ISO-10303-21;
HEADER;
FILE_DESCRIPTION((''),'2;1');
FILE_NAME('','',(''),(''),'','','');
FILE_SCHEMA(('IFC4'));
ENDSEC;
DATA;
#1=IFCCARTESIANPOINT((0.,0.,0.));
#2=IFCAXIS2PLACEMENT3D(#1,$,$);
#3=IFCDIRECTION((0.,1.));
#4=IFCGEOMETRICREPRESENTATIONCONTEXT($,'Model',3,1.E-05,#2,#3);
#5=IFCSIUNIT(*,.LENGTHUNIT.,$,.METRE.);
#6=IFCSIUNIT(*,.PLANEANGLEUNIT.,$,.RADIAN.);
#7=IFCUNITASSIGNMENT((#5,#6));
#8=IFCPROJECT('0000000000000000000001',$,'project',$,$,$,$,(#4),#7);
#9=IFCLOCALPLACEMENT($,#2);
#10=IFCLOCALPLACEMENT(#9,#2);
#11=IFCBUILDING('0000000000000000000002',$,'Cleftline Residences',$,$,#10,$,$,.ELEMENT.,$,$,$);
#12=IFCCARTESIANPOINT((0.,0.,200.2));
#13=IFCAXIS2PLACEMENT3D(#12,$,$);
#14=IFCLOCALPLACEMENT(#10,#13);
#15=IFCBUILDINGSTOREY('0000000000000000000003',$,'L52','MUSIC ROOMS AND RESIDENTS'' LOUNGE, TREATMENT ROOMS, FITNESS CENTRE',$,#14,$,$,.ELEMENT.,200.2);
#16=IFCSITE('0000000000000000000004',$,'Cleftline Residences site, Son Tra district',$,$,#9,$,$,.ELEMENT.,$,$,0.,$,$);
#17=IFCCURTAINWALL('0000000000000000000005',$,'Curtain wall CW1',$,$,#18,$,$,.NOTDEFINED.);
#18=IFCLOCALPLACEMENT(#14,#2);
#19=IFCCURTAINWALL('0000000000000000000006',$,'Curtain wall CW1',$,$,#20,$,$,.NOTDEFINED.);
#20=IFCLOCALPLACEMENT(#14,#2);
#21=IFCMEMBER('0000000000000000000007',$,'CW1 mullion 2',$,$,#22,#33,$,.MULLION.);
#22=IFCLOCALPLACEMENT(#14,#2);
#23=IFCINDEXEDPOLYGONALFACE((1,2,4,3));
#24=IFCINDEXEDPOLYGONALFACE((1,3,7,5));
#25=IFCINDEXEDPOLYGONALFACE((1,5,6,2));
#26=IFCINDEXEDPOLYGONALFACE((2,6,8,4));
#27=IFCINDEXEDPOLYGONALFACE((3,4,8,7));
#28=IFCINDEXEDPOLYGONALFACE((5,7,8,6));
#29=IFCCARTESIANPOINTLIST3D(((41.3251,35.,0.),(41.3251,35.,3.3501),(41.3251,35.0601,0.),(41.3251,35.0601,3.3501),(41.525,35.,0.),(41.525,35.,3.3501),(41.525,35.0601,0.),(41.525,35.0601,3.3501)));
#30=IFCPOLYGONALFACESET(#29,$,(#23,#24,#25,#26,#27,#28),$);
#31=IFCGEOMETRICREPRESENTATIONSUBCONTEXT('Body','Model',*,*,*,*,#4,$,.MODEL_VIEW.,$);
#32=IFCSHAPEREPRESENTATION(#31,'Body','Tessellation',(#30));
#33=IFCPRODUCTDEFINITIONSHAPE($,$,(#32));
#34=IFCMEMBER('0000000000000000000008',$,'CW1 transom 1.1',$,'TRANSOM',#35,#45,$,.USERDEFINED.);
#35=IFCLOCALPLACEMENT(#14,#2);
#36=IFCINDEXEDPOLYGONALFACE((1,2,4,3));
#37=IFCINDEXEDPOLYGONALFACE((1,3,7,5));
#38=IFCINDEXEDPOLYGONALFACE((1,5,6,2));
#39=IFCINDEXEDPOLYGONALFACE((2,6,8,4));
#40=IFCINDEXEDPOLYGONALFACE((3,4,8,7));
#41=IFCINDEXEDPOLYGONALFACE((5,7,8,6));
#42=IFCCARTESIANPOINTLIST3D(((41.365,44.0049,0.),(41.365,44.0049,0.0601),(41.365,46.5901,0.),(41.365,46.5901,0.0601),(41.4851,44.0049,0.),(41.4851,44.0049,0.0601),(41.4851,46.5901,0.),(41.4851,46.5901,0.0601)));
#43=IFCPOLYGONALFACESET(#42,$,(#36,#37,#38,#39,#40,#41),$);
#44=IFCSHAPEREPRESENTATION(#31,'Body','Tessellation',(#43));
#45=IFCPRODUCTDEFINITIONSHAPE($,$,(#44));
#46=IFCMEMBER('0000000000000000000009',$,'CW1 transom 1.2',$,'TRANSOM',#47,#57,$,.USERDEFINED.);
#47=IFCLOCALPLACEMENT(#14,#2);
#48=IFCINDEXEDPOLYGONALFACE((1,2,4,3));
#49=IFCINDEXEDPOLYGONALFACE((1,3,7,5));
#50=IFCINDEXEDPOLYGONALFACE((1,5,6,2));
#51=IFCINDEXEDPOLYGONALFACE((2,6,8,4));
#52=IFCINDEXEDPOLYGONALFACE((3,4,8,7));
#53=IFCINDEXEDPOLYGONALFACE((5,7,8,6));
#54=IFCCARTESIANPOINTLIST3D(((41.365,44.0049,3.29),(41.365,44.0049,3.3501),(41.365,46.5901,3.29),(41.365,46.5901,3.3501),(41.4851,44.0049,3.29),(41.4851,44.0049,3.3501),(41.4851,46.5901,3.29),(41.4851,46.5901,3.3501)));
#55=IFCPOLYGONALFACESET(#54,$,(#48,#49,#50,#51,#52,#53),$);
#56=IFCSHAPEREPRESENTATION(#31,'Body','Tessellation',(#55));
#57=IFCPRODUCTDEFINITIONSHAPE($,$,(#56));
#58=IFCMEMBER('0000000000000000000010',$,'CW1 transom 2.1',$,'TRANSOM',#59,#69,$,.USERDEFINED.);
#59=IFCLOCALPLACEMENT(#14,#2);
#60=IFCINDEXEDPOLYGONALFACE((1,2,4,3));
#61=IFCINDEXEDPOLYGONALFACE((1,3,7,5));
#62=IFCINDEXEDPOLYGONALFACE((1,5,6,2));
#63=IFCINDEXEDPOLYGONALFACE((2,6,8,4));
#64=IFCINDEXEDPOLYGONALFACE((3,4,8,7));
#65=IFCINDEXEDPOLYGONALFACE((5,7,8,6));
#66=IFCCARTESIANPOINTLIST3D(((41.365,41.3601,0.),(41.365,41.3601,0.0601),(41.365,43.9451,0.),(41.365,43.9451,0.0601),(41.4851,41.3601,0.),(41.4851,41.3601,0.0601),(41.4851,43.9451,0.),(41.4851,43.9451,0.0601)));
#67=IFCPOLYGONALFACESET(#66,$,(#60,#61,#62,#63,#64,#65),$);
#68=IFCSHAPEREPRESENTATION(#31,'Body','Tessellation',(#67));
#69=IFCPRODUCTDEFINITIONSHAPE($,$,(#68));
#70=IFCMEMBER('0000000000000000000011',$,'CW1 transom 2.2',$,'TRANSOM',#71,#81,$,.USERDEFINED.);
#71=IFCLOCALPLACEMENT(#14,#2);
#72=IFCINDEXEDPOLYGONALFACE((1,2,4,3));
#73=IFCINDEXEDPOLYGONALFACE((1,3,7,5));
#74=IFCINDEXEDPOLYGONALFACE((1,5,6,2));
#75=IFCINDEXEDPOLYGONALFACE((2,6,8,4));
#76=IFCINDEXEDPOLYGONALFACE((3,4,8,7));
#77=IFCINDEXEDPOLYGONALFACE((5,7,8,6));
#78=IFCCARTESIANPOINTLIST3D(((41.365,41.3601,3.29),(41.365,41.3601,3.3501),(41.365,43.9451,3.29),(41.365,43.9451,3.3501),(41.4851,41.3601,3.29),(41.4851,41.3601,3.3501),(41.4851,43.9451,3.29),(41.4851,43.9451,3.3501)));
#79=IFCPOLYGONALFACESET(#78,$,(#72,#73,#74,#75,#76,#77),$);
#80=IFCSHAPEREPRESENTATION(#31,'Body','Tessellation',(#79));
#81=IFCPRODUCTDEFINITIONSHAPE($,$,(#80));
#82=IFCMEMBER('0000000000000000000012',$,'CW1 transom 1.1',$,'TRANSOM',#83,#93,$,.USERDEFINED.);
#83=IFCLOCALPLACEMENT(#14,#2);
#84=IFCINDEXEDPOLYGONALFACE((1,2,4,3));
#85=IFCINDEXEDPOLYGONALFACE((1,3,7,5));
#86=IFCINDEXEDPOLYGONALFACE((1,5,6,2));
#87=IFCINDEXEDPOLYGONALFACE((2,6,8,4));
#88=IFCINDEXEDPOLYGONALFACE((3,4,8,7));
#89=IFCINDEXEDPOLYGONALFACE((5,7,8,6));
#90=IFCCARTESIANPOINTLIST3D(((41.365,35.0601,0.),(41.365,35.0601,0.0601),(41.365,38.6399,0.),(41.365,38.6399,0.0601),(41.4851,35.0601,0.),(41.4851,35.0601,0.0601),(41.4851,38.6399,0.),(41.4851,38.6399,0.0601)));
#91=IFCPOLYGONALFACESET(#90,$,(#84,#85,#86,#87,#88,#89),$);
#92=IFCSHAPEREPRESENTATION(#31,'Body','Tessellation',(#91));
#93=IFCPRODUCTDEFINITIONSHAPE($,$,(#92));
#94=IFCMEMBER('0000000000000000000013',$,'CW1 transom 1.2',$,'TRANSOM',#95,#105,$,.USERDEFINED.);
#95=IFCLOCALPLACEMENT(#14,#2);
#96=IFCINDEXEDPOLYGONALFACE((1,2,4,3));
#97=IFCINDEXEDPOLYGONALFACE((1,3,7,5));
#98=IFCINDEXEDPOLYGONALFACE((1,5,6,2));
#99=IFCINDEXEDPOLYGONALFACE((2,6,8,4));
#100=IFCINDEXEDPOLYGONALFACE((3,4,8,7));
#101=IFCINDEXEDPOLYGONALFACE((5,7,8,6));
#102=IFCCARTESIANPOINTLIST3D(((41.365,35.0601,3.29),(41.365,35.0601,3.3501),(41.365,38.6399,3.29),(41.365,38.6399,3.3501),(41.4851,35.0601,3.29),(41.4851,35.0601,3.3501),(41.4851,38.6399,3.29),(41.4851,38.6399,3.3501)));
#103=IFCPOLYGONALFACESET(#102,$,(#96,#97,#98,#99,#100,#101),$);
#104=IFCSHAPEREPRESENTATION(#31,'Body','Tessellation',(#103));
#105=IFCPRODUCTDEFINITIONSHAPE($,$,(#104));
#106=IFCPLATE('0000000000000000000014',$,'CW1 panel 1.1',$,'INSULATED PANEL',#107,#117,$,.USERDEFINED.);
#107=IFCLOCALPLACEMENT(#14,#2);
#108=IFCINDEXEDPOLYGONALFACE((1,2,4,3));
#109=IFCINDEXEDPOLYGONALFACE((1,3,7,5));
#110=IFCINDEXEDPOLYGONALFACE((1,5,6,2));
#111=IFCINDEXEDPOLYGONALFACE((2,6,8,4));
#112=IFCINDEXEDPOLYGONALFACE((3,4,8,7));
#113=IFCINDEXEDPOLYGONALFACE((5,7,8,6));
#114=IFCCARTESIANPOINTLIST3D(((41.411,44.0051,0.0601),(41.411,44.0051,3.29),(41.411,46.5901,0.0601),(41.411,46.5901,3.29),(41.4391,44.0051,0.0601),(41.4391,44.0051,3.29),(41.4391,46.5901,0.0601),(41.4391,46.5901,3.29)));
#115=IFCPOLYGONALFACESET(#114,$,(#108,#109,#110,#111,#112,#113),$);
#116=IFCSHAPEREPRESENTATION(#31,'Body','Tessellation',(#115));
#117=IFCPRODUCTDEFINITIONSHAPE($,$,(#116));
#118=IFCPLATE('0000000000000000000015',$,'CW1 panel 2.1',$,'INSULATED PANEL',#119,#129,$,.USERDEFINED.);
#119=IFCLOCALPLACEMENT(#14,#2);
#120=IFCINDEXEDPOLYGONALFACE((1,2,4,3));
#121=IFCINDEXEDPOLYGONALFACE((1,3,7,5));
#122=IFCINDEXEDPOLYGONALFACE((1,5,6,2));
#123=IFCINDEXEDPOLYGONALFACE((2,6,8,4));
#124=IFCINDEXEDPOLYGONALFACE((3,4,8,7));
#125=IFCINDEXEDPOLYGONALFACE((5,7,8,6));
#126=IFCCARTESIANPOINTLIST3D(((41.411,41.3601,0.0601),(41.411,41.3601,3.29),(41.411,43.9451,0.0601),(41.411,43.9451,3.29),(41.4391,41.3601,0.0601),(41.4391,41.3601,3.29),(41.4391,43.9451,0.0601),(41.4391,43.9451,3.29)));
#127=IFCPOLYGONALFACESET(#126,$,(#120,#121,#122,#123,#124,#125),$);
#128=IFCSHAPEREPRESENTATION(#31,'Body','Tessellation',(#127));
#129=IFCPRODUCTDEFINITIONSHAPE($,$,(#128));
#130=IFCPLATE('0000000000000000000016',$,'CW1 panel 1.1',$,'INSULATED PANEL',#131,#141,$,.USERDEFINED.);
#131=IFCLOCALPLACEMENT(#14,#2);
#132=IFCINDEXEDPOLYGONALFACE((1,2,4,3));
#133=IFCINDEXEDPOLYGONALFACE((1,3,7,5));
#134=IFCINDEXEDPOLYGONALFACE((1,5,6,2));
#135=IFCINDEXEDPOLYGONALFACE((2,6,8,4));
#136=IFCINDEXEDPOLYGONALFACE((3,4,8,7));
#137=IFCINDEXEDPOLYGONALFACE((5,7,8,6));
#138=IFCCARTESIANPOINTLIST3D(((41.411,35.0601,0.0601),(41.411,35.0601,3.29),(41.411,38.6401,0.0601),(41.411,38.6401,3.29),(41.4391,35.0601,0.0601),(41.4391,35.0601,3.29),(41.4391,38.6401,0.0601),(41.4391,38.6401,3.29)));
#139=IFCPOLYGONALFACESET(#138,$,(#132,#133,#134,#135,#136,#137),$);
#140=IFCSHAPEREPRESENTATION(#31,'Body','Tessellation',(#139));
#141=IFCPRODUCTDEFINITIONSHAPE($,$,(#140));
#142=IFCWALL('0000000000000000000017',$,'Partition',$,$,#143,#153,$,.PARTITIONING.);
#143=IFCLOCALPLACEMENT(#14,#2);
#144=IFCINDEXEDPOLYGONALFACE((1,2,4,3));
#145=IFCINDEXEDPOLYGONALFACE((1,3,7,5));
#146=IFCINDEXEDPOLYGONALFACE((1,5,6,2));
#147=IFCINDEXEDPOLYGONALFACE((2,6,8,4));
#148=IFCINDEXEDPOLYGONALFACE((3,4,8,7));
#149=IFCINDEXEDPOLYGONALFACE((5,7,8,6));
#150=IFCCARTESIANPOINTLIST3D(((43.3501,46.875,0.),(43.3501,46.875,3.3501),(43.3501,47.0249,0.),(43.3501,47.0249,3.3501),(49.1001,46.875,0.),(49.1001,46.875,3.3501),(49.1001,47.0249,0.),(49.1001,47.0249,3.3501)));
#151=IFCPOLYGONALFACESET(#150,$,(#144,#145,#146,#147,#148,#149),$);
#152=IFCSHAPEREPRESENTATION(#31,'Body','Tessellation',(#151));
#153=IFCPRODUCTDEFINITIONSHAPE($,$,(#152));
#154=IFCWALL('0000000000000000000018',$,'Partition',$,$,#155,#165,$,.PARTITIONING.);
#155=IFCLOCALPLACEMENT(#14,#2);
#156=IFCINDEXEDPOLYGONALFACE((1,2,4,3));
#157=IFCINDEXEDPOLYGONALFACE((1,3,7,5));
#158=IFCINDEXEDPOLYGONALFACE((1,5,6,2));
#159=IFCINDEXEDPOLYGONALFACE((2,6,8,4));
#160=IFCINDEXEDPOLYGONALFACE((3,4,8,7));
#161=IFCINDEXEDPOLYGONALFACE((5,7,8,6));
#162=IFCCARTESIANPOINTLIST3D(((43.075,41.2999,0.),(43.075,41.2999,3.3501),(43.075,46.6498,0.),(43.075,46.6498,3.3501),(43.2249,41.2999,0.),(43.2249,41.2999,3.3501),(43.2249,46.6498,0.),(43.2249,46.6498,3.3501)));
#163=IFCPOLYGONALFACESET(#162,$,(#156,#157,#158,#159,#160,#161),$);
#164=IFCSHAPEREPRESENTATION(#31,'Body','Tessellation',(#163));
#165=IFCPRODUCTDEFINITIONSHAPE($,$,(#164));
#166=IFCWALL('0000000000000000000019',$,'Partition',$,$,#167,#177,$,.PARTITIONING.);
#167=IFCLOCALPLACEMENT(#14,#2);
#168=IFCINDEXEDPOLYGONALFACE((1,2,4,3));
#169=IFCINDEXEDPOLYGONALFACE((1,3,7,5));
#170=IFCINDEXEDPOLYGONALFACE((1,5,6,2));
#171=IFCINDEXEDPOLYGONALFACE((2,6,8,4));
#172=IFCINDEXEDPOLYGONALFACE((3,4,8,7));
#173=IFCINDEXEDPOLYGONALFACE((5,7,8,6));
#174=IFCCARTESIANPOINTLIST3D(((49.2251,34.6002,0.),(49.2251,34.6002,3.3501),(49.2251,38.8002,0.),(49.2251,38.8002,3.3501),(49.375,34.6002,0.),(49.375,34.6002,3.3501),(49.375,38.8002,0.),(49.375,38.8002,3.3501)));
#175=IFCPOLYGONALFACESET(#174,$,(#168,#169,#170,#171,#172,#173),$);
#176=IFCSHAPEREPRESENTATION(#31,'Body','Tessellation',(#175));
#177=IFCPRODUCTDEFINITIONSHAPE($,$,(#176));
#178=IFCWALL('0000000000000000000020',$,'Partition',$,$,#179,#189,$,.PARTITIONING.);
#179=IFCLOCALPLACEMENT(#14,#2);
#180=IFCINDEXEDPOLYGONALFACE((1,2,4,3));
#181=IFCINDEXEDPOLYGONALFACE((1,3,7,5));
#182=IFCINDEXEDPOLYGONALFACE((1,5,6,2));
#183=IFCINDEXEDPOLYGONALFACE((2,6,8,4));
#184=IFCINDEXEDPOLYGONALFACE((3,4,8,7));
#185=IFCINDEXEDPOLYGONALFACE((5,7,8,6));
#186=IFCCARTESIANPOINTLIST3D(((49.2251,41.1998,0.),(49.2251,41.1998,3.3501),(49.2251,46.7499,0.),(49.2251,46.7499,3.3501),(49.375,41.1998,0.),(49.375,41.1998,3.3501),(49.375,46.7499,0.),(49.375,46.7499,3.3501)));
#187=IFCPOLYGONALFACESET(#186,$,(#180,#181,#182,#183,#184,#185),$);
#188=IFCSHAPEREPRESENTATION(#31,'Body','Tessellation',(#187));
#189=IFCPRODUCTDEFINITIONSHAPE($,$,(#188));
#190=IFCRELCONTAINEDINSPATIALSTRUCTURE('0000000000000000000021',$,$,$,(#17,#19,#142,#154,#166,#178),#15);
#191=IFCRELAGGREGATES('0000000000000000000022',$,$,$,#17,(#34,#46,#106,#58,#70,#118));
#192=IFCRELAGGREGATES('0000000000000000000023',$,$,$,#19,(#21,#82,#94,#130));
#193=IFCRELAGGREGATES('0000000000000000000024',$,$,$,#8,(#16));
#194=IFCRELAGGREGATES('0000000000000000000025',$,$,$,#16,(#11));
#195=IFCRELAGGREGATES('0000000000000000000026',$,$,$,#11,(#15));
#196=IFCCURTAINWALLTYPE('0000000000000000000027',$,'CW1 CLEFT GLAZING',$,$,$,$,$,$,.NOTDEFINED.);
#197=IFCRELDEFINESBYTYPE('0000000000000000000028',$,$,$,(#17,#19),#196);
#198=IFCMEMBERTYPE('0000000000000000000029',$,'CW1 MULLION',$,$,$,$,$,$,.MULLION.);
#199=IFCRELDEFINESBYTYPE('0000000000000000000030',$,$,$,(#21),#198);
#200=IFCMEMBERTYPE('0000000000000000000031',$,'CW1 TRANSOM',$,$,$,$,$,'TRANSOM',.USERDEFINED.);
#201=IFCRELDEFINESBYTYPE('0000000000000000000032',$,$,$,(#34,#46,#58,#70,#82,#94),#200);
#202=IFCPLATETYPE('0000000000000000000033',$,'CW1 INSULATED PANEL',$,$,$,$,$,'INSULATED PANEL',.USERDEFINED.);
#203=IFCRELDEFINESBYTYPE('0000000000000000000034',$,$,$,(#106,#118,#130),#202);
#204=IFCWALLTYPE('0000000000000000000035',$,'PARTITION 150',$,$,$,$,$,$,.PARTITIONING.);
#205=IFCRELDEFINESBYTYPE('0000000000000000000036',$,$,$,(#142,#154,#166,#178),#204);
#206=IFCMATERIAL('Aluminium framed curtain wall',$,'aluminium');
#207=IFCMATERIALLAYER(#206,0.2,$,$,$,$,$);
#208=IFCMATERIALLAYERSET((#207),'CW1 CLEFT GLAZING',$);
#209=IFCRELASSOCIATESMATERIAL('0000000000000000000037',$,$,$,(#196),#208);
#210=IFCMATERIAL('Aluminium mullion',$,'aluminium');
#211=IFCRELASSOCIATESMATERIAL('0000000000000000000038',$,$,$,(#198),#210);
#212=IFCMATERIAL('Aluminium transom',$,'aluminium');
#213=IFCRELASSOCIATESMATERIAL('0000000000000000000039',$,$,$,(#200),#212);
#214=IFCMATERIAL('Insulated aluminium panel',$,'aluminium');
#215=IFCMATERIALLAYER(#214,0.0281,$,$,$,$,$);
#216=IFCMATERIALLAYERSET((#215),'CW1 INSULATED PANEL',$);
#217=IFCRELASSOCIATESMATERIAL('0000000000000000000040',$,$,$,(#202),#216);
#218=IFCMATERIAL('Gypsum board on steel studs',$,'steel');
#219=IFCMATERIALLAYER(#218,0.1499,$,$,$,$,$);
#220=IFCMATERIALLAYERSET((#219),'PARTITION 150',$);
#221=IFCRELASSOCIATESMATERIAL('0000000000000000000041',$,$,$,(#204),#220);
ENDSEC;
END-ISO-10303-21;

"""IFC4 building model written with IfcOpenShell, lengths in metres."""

from ifc_helpers import new_model, si_unit, direction, frame, frame_2d, origin, origin_2d, place, context, subcontext, project, spatial, rectangle, extrude, material, layer, layer_set, material_profile, profile_set, type_object, element, aggregate, save


model = new_model("IFC4")

# Units and contexts
model_context = context("Model", 3, precision=1e-05, world=origin(), true_north=direction((0.0, 1.0)))
body_context = subcontext(model_context, "Body", "Model", "MODEL_VIEW")
ifc_project = project(units=[si_unit("LENGTHUNIT", "METRE"), si_unit("PLANEANGLEUNIT", "RADIAN")], contexts=[model_context])

# Site, building, storey
site_placement = place(None, origin())
site = spatial("IfcSite", under=ifc_project, at=site_placement, Name="Cleftline Residences site, Son Tra district", CompositionType="ELEMENT", RefElevation=0.0)
building_placement = place(site_placement, origin())
building = spatial("IfcBuilding", under=site, at=building_placement, Name="Cleftline Residences", CompositionType="ELEMENT")
storey_placement = place(building_placement, frame((0.0, 0.0, 200.2)))
storey = spatial("IfcBuildingStorey", under=building, at=storey_placement, Name="L52", Description="MUSIC ROOMS AND RESIDENTS' LOUNGE, TREATMENT ROOMS, FITNESS CENTRE", CompositionType="ELEMENT", Elevation=200.2)

# Curtain walls, member
ifc_material_1 = material(Name="Aluminium framed curtain wall", Category="aluminium")
ifc_layer_1 = layer(ifc_material_1, 0.2)
ifc_layer_set_1 = layer_set([ifc_layer_1], Name="CW1 CLEFT GLAZING")
curtain_wall_type = type_object("IfcCurtainWallType", Name="CW1 CLEFT GLAZING", PredefinedType="NOTDEFINED", material=ifc_layer_set_1)
curtain_wall_1_placement = place(storey_placement, origin())
curtain_wall_1 = element("IfcCurtainWall", 1, at=curtain_wall_1_placement, inside=storey, type_object=curtain_wall_type, Name="Curtain wall CW1", PredefinedType="NOTDEFINED")
ifc_material_2 = material(Name="Aluminium mullion", Category="aluminium")
ifc_material_profile_1 = material_profile(ifc_material_2, rectangle(XDim=0.2, YDim=0.0601, at=origin_2d()))
ifc_profile_set_1 = profile_set([ifc_material_profile_1], Name="Aluminium mullion")
member_type_1 = type_object("IfcMemberType", Name="CW1 MULLION", PredefinedType="MULLION", material=ifc_profile_set_1)
curtain_wall_2_placement = place(storey_placement, origin())
curtain_wall_2 = element("IfcCurtainWall", 2, at=curtain_wall_2_placement, inside=storey, type_object=curtain_wall_type, Name="Curtain wall CW1", PredefinedType="NOTDEFINED")
member_1_placement = place(storey_placement, frame((41.425, 35.03, 0.0), z_axis=(0.0, 0.0, 1.0), x_axis=(1.0, 0.0, 0.0)))
member_1 = element("IfcMember", 3, at=member_1_placement, type_object=member_type_1, Name="CW1 mullion 2", PredefinedType="MULLION", context=body_context, shape_type="SweptSolid", body=[
    extrude(rectangle(XDim=0.2, YDim=0.0601, at=origin_2d()), origin(), (0.0, 0.0, 1.0), 3.3501),
])

# Members
ifc_material_3 = material(Name="Aluminium transom", Category="aluminium")
ifc_material_profile_2 = material_profile(ifc_material_3, rectangle(XDim=0.1201, YDim=0.0601, at=origin_2d()))
ifc_profile_set_2 = profile_set([ifc_material_profile_2], Name="Aluminium transom")
member_type_2 = type_object("IfcMemberType", Name="CW1 TRANSOM", ElementType="TRANSOM", PredefinedType="USERDEFINED", material=ifc_profile_set_2)
member_2_placement = place(storey_placement, frame((41.425, 46.5901, 0.03), z_axis=(0.0, -1.0, 0.0), x_axis=(1.0, 0.0, 0.0)))
member_2 = element("IfcMember", 4, at=member_2_placement, type_object=member_type_2, Name="CW1 transom 1.1", ObjectType="TRANSOM", PredefinedType="USERDEFINED", context=body_context, shape_type="SweptSolid", body=[
    extrude(rectangle(XDim=0.1201, YDim=0.0601, at=origin_2d()), origin(), (0.0, 0.0, 1.0), 2.5852),
])
member_3_placement = place(storey_placement, frame((41.425, 46.5901, 3.3201), z_axis=(0.0, -1.0, 0.0), x_axis=(1.0, 0.0, 0.0)))
member_3 = element("IfcMember", 5, at=member_3_placement, type_object=member_type_2, Name="CW1 transom 1.2", ObjectType="TRANSOM", PredefinedType="USERDEFINED", context=body_context, shape_type="SweptSolid", body=[
    extrude(rectangle(XDim=0.1201, YDim=0.0601, at=origin_2d()), origin(), (0.0, 0.0, 1.0), 2.5852),
])
member_4_placement = place(storey_placement, frame((41.425, 43.9451, 0.03), z_axis=(0.0, -1.0, 0.0), x_axis=(1.0, 0.0, 0.0)))
member_4 = element("IfcMember", 6, at=member_4_placement, type_object=member_type_2, Name="CW1 transom 2.1", ObjectType="TRANSOM", PredefinedType="USERDEFINED", context=body_context, shape_type="SweptSolid", body=[
    extrude(rectangle(XDim=0.1201, YDim=0.0601, at=origin_2d()), origin(), (0.0, 0.0, 1.0), 2.585),
])
member_5_placement = place(storey_placement, frame((41.425, 43.9451, 3.3201), z_axis=(0.0, -1.0, 0.0), x_axis=(1.0, 0.0, 0.0)))
member_5 = element("IfcMember", 7, at=member_5_placement, type_object=member_type_2, Name="CW1 transom 2.2", ObjectType="TRANSOM", PredefinedType="USERDEFINED", context=body_context, shape_type="SweptSolid", body=[
    extrude(rectangle(XDim=0.1201, YDim=0.0601, at=origin_2d()), origin(), (0.0, 0.0, 1.0), 2.585),
])
member_6_placement = place(storey_placement, frame((41.425, 38.6399, 0.03), z_axis=(0.0, -1.0, 0.0), x_axis=(1.0, 0.0, 0.0)))
member_6 = element("IfcMember", 8, at=member_6_placement, type_object=member_type_2, Name="CW1 transom 1.1", ObjectType="TRANSOM", PredefinedType="USERDEFINED", context=body_context, shape_type="SweptSolid", body=[
    extrude(rectangle(XDim=0.1201, YDim=0.0601, at=origin_2d()), origin(), (0.0, 0.0, 1.0), 3.5798),
])
member_7_placement = place(storey_placement, frame((41.425, 38.6399, 3.3201), z_axis=(0.0, -1.0, 0.0), x_axis=(1.0, 0.0, 0.0)))
member_7 = element("IfcMember", 9, at=member_7_placement, type_object=member_type_2, Name="CW1 transom 1.2", ObjectType="TRANSOM", PredefinedType="USERDEFINED", context=body_context, shape_type="SweptSolid", body=[
    extrude(rectangle(XDim=0.1201, YDim=0.0601, at=origin_2d()), origin(), (0.0, 0.0, 1.0), 3.5798),
])

# Plates
ifc_material_4 = material(Name="Insulated aluminium panel", Category="aluminium")
ifc_layer_2 = layer(ifc_material_4, 0.0281)
ifc_layer_set_2 = layer_set([ifc_layer_2], Name="CW1 INSULATED PANEL")
plate_type = type_object("IfcPlateType", Name="CW1 INSULATED PANEL", ElementType="INSULATED PANEL", PredefinedType="USERDEFINED", material=ifc_layer_set_2)
plate_1_placement = place(storey_placement, frame((41.425, 45.2976, 0.0601), z_axis=(0.0, 0.0, 1.0), x_axis=(0.0, -1.0, 0.0)))
plate_1 = element("IfcPlate", 10, at=plate_1_placement, type_object=plate_type, Name="CW1 panel 1.1", ObjectType="INSULATED PANEL", PredefinedType="USERDEFINED", context=body_context, shape_type="SweptSolid", body=[
    extrude(rectangle(XDim=2.585, YDim=0.0281, at=origin_2d()), origin(), (0.0, 0.0, 1.0), 3.23),
])
plate_2_placement = place(storey_placement, frame((41.425, 42.6526, 0.0601), z_axis=(0.0, 0.0, 1.0), x_axis=(0.0, -1.0, 0.0)))
plate_2 = element("IfcPlate", 11, at=plate_2_placement, type_object=plate_type, Name="CW1 panel 2.1", ObjectType="INSULATED PANEL", PredefinedType="USERDEFINED", context=body_context, shape_type="SweptSolid", body=[
    extrude(rectangle(XDim=2.585, YDim=0.0281, at=origin_2d()), origin(), (0.0, 0.0, 1.0), 3.23),
])
aggregate(curtain_wall_1, [member_2, member_3, plate_1, member_4, member_5, plate_2])
plate_3_placement = place(storey_placement, frame((41.425, 36.8501, 0.0601), z_axis=(0.0, 0.0, 1.0), x_axis=(0.0, -1.0, 0.0)))
plate_3 = element("IfcPlate", 12, at=plate_3_placement, type_object=plate_type, Name="CW1 panel 1.1", ObjectType="INSULATED PANEL", PredefinedType="USERDEFINED", context=body_context, shape_type="SweptSolid", body=[
    extrude(rectangle(XDim=3.5801, YDim=0.0281, at=origin_2d()), origin(), (0.0, 0.0, 1.0), 3.23),
])
aggregate(curtain_wall_2, [member_1, member_6, member_7, plate_3])

# Walls
ifc_material_5 = material(Name="Gypsum board on steel studs", Category="steel")
ifc_layer_3 = layer(ifc_material_5, 0.1499)
ifc_layer_set_3 = layer_set([ifc_layer_3], Name="PARTITION 150")
wall_type = type_object("IfcWallType", Name="PARTITION 150", PredefinedType="PARTITIONING", material=ifc_layer_set_3)
wall_1_placement = place(storey_placement, frame((43.3501, 46.95, 0.0), z_axis=(0.0, 0.0, 1.0), x_axis=(1.0, 0.0, 0.0)))
element("IfcWall", 13, at=wall_1_placement, inside=storey, type_object=wall_type, Name="Partition", PredefinedType="PARTITIONING", context=body_context, shape_type="SweptSolid", body=[
    extrude(rectangle(XDim=5.75, YDim=0.1499, at=frame_2d((2.875, 0.0))), origin(), (0.0, 0.0, 1.0), 3.3501),
])
wall_2_placement = place(storey_placement, frame((43.1499, 41.3, 0.0), z_axis=(0.0, 0.0, 1.0), x_axis=(0.0, 1.0, 0.0)))
element("IfcWall", 14, at=wall_2_placement, inside=storey, type_object=wall_type, Name="Partition", PredefinedType="PARTITIONING", context=body_context, shape_type="SweptSolid", body=[
    extrude(rectangle(XDim=5.3499, YDim=0.1499, at=frame_2d((2.6748, 0.0))), origin(), (0.0, 0.0, 1.0), 3.3501),
])
wall_3_placement = place(storey_placement, frame((49.3, 34.6001, 0.0), z_axis=(0.0, 0.0, 1.0), x_axis=(0.0, 1.0, 0.0)))
element("IfcWall", 15, at=wall_3_placement, inside=storey, type_object=wall_type, Name="Partition", PredefinedType="PARTITIONING", context=body_context, shape_type="SweptSolid", body=[
    extrude(rectangle(XDim=4.2, YDim=0.1499, at=frame_2d((2.1001, 0.0))), origin(), (0.0, 0.0, 1.0), 3.3501),
])
wall_4_placement = place(storey_placement, frame((49.3, 41.2, 0.0), z_axis=(0.0, 0.0, 1.0), x_axis=(0.0, 1.0, 0.0)))
element("IfcWall", 16, at=wall_4_placement, inside=storey, type_object=wall_type, Name="Partition", PredefinedType="PARTITIONING", context=body_context, shape_type="SweptSolid", body=[
    extrude(rectangle(XDim=5.55, YDim=0.1499, at=frame_2d((2.7749, 0.0))), origin(), (0.0, 0.0, 1.0), 3.3501),
])

save(model, "model.ifc")
